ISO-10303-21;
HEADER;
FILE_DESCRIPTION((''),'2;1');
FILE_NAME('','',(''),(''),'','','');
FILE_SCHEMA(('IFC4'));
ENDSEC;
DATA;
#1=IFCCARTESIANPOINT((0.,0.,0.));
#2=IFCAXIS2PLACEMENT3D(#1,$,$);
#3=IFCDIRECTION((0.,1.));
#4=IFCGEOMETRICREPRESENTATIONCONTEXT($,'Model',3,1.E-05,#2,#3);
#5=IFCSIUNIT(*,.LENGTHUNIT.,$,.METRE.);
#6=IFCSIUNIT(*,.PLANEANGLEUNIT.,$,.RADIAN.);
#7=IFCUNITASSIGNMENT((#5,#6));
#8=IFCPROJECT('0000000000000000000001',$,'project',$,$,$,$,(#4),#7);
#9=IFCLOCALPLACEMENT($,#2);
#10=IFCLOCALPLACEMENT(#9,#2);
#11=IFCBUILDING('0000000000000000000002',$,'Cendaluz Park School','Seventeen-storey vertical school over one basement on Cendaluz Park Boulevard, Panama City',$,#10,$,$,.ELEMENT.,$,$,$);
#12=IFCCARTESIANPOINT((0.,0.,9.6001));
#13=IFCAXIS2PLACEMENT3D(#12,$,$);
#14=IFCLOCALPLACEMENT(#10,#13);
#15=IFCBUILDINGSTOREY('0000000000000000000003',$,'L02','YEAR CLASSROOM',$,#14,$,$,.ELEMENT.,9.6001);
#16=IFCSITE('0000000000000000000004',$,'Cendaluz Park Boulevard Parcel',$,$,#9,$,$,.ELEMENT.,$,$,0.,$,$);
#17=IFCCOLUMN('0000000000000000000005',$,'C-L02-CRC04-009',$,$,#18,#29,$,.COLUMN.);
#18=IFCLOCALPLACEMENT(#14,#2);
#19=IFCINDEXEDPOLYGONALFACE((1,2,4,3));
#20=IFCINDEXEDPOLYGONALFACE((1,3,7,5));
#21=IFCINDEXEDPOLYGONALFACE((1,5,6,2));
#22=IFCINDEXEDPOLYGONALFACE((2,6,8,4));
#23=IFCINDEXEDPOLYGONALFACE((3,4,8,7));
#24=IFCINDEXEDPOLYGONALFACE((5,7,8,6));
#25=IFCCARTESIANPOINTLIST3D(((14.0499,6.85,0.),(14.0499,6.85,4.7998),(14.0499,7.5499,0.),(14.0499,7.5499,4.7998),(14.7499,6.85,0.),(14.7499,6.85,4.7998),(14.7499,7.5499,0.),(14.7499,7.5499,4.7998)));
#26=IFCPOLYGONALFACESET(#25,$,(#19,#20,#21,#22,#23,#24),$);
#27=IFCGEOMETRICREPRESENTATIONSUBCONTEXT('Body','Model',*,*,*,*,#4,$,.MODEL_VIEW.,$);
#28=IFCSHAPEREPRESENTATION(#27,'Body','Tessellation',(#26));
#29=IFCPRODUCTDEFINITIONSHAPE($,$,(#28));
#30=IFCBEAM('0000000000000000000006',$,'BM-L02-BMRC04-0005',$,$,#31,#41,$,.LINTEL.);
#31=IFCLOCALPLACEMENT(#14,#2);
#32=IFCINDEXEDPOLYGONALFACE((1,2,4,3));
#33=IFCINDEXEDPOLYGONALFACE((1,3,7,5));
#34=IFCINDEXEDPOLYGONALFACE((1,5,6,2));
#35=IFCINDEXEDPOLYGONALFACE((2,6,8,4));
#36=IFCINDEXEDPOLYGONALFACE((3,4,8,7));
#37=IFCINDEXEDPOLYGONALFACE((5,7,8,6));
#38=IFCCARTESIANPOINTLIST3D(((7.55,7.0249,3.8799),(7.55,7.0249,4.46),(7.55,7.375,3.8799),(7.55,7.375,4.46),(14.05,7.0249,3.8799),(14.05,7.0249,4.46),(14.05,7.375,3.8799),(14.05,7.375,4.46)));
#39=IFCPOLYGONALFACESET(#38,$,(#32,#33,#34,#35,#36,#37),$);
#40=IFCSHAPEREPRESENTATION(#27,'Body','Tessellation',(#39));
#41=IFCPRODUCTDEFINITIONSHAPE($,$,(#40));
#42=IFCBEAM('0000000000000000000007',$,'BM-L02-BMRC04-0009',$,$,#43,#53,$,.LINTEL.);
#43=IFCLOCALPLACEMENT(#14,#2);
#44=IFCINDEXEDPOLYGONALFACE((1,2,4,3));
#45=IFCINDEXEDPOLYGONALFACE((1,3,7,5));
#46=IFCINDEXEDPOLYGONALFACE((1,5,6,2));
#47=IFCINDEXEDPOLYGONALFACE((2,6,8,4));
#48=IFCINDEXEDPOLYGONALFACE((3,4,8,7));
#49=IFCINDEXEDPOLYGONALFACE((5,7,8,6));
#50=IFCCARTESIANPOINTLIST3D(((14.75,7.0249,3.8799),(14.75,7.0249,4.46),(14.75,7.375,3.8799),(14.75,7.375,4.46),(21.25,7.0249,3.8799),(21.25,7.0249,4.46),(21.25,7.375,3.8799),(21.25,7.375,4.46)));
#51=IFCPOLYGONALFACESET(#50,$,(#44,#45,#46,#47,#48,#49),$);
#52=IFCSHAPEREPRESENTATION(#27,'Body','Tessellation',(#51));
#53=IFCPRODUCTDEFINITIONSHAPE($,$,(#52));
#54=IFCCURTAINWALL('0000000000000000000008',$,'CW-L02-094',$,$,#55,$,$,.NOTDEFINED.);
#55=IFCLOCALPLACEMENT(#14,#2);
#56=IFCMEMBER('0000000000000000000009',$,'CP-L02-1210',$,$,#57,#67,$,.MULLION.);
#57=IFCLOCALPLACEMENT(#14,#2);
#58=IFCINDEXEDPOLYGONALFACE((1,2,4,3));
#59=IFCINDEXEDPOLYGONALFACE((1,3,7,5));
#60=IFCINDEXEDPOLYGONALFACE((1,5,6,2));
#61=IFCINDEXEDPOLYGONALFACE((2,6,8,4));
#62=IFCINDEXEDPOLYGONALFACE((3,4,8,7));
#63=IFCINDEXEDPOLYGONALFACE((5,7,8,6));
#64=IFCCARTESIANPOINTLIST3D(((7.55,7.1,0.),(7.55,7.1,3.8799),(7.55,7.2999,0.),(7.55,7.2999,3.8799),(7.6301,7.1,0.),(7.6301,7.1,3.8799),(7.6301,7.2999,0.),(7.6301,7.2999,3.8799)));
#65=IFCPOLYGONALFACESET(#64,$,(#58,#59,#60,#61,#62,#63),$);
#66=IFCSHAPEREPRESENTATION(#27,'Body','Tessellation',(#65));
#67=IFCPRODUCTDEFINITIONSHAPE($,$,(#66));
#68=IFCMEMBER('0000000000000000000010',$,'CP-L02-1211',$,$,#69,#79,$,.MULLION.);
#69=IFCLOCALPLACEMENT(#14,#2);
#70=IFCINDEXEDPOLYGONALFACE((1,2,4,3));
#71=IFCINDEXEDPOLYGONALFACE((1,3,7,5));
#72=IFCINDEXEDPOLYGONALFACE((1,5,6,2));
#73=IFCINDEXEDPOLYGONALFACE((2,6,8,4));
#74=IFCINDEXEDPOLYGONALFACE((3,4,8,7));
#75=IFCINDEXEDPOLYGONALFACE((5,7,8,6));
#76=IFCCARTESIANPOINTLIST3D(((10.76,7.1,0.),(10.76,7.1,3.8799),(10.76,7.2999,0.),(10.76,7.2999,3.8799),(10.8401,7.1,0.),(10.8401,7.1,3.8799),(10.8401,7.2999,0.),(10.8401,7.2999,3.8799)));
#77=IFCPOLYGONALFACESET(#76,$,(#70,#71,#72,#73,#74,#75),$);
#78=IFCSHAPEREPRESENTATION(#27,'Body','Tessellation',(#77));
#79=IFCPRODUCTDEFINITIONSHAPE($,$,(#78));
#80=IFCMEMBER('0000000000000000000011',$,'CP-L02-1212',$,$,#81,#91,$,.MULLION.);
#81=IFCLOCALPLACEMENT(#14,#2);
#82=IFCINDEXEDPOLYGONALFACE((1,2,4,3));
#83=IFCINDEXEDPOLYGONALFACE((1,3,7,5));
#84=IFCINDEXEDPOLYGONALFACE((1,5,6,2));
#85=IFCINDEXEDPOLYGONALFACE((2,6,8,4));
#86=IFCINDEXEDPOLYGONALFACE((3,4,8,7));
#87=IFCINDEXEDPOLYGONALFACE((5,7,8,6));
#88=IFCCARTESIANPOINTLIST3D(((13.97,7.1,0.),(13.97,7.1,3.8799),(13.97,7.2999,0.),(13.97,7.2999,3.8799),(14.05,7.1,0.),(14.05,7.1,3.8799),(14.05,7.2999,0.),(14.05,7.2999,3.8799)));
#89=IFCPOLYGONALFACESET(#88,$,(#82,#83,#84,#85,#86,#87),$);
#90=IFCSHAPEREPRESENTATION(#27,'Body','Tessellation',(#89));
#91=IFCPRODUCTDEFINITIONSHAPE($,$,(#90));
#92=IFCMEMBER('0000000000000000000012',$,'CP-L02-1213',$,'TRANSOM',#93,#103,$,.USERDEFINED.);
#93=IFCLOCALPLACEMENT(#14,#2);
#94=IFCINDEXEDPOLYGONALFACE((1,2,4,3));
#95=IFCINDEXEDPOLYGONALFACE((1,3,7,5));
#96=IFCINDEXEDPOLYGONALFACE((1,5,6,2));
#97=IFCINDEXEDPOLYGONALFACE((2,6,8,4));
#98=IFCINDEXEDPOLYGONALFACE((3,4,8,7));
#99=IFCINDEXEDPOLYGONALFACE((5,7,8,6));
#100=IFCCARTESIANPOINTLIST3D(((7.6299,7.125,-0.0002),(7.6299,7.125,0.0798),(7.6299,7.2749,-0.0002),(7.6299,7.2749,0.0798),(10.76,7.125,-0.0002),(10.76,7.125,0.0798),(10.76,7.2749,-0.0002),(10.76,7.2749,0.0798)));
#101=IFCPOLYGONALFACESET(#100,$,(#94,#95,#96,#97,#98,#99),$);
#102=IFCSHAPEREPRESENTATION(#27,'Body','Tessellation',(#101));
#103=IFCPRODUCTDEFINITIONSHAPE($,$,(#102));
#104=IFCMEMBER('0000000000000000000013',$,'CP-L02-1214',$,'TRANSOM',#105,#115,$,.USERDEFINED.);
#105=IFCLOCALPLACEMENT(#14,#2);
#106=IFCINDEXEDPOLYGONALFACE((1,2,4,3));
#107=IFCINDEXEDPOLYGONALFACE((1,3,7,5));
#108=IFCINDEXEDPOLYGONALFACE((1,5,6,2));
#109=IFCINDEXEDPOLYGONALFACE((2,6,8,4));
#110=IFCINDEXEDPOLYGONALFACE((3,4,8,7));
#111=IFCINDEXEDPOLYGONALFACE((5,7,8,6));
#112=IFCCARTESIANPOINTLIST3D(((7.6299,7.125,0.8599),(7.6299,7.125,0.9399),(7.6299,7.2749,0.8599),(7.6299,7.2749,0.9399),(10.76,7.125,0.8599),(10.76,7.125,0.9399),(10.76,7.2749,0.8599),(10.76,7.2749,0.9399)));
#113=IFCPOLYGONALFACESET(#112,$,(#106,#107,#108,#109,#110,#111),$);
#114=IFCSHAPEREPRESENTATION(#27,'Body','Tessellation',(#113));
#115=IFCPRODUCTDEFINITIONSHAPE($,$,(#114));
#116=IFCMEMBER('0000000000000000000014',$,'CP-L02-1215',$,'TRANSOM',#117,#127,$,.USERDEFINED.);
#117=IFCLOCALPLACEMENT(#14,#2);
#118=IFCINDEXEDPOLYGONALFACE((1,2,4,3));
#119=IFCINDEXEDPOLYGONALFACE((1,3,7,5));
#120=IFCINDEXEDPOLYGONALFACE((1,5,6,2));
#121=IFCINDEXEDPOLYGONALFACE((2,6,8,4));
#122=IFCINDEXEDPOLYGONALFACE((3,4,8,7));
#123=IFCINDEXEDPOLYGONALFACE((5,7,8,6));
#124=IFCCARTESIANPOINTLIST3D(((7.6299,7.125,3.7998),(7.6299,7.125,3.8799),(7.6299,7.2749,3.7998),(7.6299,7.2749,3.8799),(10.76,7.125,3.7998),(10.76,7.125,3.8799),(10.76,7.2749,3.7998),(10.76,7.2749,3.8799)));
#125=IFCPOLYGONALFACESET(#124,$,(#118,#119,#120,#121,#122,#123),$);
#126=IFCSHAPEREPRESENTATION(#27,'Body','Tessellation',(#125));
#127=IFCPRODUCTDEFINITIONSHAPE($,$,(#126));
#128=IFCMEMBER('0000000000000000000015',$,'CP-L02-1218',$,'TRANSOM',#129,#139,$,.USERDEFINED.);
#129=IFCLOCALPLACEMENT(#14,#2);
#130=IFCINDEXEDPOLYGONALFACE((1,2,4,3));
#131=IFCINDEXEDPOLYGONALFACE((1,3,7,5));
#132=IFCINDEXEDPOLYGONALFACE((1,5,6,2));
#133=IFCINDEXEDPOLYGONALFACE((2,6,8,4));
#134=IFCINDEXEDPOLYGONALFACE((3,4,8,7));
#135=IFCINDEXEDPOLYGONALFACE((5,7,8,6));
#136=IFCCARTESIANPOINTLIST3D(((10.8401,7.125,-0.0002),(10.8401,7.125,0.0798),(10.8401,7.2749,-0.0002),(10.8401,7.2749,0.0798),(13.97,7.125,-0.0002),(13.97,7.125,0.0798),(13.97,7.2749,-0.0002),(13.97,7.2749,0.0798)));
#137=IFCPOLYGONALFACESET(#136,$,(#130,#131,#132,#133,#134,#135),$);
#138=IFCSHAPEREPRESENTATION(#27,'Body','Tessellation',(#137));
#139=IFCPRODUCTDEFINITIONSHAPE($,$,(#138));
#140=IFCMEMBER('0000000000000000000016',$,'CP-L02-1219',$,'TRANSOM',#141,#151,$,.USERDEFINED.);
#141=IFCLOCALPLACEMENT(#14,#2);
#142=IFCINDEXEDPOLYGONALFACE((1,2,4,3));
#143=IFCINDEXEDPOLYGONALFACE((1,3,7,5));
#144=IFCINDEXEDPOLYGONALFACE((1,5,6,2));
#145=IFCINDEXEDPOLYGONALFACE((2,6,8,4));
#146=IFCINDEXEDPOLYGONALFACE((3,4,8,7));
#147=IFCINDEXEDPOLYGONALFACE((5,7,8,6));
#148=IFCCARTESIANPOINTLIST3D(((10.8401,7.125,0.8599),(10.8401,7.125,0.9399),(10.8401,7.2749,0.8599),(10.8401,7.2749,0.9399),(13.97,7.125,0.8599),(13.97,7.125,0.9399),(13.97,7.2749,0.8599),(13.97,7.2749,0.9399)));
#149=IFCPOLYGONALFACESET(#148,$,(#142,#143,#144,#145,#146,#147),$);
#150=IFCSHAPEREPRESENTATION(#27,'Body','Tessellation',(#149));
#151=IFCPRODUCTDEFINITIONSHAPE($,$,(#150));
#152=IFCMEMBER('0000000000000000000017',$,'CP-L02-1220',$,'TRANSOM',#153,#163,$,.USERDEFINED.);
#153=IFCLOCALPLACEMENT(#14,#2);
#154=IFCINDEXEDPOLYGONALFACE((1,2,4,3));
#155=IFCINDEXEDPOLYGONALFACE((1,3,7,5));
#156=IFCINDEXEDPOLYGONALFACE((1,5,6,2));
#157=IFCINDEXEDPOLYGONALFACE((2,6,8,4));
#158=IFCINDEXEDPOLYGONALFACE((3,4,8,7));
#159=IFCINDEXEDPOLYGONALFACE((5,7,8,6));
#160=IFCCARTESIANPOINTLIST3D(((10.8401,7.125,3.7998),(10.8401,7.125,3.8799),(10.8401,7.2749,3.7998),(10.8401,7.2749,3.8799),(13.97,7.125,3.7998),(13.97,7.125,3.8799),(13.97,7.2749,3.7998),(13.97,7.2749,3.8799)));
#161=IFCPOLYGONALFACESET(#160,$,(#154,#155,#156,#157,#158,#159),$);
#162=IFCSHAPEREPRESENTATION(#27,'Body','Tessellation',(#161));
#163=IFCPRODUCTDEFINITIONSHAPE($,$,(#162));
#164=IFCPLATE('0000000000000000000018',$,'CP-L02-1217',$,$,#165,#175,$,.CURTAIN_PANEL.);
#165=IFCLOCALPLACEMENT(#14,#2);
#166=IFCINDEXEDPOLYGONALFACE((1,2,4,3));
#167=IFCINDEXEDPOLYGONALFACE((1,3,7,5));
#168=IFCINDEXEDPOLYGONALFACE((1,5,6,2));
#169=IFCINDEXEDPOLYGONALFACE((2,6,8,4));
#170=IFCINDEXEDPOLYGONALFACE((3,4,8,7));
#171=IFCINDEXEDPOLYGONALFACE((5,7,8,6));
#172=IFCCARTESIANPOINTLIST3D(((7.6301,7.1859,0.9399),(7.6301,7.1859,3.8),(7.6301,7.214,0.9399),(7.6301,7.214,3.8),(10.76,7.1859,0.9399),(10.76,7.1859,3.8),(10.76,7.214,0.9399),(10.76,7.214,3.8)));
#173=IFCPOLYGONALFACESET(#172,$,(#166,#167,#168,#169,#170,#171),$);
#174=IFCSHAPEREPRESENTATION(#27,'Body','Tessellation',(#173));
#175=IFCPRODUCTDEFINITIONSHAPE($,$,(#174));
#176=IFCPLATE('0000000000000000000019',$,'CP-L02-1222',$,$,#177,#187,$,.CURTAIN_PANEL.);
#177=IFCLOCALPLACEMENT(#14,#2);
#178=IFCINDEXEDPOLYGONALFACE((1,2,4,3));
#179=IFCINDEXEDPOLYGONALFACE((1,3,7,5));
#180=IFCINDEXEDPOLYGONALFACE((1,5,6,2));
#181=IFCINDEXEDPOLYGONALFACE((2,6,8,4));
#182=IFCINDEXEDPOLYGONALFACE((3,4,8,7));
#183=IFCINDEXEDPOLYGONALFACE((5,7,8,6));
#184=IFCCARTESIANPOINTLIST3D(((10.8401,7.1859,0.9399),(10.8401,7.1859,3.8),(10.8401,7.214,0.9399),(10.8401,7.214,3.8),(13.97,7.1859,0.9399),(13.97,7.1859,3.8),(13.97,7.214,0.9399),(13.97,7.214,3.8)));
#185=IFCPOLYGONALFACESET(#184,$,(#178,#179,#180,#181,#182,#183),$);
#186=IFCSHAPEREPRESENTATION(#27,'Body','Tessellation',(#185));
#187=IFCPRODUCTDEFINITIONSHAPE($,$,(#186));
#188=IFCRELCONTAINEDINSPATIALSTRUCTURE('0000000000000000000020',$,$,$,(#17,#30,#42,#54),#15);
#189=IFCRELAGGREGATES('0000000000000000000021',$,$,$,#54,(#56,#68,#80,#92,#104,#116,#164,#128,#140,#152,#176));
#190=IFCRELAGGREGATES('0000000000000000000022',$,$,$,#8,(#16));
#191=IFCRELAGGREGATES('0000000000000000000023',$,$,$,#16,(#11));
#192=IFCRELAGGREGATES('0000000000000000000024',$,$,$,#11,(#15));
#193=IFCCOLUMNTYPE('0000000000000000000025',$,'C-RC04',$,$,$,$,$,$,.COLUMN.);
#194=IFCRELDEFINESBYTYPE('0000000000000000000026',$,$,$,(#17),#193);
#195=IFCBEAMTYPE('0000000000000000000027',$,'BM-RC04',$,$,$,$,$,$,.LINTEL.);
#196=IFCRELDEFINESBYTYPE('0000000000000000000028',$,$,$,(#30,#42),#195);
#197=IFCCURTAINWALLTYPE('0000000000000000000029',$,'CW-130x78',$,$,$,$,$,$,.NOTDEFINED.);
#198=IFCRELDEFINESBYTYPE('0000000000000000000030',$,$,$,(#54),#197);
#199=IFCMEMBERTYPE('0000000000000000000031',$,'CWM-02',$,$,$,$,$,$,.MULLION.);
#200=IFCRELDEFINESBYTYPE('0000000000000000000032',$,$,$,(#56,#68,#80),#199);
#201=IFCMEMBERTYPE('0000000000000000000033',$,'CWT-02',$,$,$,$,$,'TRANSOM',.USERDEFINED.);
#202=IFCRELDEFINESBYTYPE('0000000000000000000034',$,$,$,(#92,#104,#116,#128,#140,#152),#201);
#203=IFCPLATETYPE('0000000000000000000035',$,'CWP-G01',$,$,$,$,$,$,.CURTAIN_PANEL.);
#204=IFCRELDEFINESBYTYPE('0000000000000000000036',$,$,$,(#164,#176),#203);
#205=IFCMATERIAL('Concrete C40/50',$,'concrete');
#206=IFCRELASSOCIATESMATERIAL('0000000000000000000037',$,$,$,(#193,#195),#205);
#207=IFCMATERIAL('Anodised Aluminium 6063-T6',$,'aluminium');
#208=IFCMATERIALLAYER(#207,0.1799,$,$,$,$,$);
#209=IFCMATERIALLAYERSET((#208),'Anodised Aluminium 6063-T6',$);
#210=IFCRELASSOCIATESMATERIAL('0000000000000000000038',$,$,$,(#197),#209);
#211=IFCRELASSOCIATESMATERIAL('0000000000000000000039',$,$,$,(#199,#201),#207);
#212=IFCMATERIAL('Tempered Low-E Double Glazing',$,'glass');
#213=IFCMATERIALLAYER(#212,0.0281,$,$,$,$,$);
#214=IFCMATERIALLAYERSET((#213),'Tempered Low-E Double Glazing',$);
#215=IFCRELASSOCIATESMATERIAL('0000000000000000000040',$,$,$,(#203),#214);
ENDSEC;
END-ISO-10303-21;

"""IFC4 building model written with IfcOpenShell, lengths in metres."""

from ifc_helpers import new_model, si_unit, direction, frame, origin, origin_2d, place, context, subcontext, project, spatial, rectangle, extrude, material, layer, layer_set, material_profile, profile_set, type_object, element, aggregate, save


model = new_model("IFC4")

# Units and contexts
model_context = context("Model", 3, precision=1e-05, world=origin(), true_north=direction((0.0, 1.0)))
body_context = subcontext(model_context, "Body", "Model", "MODEL_VIEW")
ifc_project = project(units=[si_unit("LENGTHUNIT", "METRE"), si_unit("PLANEANGLEUNIT", "RADIAN")], contexts=[model_context])

# Site, building, storey
site_placement = place(None, origin())
site = spatial("IfcSite", under=ifc_project, at=site_placement, Name="Cendaluz Park Boulevard Parcel", CompositionType="ELEMENT", RefElevation=0.0)
building_placement = place(site_placement, origin())
building = spatial("IfcBuilding", under=site, at=building_placement, Name="Cendaluz Park School", Description="Seventeen-storey vertical school over one basement on Cendaluz Park Boulevard, Panama City", CompositionType="ELEMENT")
storey_placement = place(building_placement, frame((0.0, 0.0, 9.6001)))
storey = spatial("IfcBuildingStorey", under=building, at=storey_placement, Name="L02", Description="YEAR CLASSROOM", CompositionType="ELEMENT", Elevation=9.6001)

# Column
ifc_material_1 = material(Name="Concrete C40/50", Category="concrete")
ifc_material_profile_1 = material_profile(ifc_material_1, rectangle(XDim=0.7, YDim=0.7, at=origin_2d()), Name="RC 700x700", Category="concrete")
ifc_profile_set_1 = profile_set([ifc_material_profile_1], Name="Concrete C40/50")
column_type = type_object("IfcColumnType", Name="C-RC04", PredefinedType="COLUMN", material=ifc_profile_set_1)
column_placement = place(storey_placement, frame((14.3999, 7.2, 0.0), z_axis=(0.0, 0.0, 1.0), x_axis=(1.0, 0.0, 0.0)))
element("IfcColumn", 1, at=column_placement, inside=storey, type_object=column_type, Name="C-L02-CRC04-009", PredefinedType="COLUMN", context=body_context, shape_type="SweptSolid", body=[
    extrude(rectangle(XDim=0.7, YDim=0.7, at=origin_2d()), origin(), (0.0, 0.0, 1.0), 4.7998),
])

# Beams
ifc_material_profile_2 = material_profile(ifc_material_1, rectangle(XDim=0.3501, YDim=0.5801, at=origin_2d()), Name="RC 350x580", Category="concrete")
ifc_profile_set_2 = profile_set([ifc_material_profile_2], Name="Concrete C40/50")
beam_type = type_object("IfcBeamType", Name="BM-RC04", PredefinedType="LINTEL", material=ifc_profile_set_2)
for number, where, z_axis, x_axis, name in (
    (2, (7.55, 7.2, 4.1699), (1.0, 0.0, 0.0), (0.0, 1.0, 0.0), "BM-L02-BMRC04-0005"),
    (3, (14.75, 7.2, 4.1699), (1.0, 0.0, 0.0), (0.0, 1.0, 0.0), "BM-L02-BMRC04-0009"),
):
    element("IfcBeam", number, at=place(storey_placement, frame(where, z_axis=z_axis, x_axis=x_axis)), inside=storey, type_object=beam_type, Name=name, PredefinedType="LINTEL", context=body_context, shape_type="SweptSolid", body=[
        extrude(rectangle(XDim=0.3501, YDim=0.5801, at=origin_2d()), origin(), (0.0, 0.0, 1.0), 6.5),
    ])

# Curtain wall, members, plates
ifc_material_2 = material(Name="Anodised Aluminium 6063-T6", Category="aluminium")
ifc_layer_1 = layer(ifc_material_2, 0.1799)
ifc_layer_set_1 = layer_set([ifc_layer_1], Name="Anodised Aluminium 6063-T6")
curtain_wall_type = type_object("IfcCurtainWallType", Name="CW-130x78", PredefinedType="NOTDEFINED", material=ifc_layer_set_1)
curtain_wall_placement = place(storey_placement, origin())
curtain_wall = element("IfcCurtainWall", 4, at=curtain_wall_placement, inside=storey, type_object=curtain_wall_type, Name="CW-L02-094", PredefinedType="NOTDEFINED")
ifc_material_profile_3 = material_profile(ifc_material_2, rectangle(XDim=0.2, YDim=0.0801, at=origin_2d()), Name="CWM 200x80", Category="aluminium")
ifc_profile_set_3 = profile_set([ifc_material_profile_3], Name="Anodised Aluminium 6063-T6")
member_type_1 = type_object("IfcMemberType", Name="CWM-02", PredefinedType="MULLION", material=ifc_profile_set_3)
member_1_placement = place(storey_placement, frame((7.5901, 7.2, 0.0), z_axis=(0.0, 0.0, 1.0), x_axis=(0.0, 1.0, 0.0)))
member_1 = element("IfcMember", 5, at=member_1_placement, type_object=member_type_1, Name="CP-L02-1210", PredefinedType="MULLION", context=body_context, shape_type="SweptSolid", body=[
    extrude(rectangle(XDim=0.2, YDim=0.0801, at=origin_2d()), origin(), (0.0, 0.0, 1.0), 3.8799),
])
member_2_placement = place(storey_placement, frame((10.8, 7.2, 0.0), z_axis=(0.0, 0.0, 1.0), x_axis=(0.0, 1.0, 0.0)))
member_2 = element("IfcMember", 6, at=member_2_placement, type_object=member_type_1, Name="CP-L02-1211", PredefinedType="MULLION", context=body_context, shape_type="SweptSolid", body=[
    extrude(rectangle(XDim=0.2, YDim=0.0801, at=origin_2d()), origin(), (0.0, 0.0, 1.0), 3.8799),
])
member_3_placement = place(storey_placement, frame((14.01, 7.2, 0.0), z_axis=(0.0, 0.0, 1.0), x_axis=(0.0, 1.0, 0.0)))
member_3 = element("IfcMember", 7, at=member_3_placement, type_object=member_type_1, Name="CP-L02-1212", PredefinedType="MULLION", context=body_context, shape_type="SweptSolid", body=[
    extrude(rectangle(XDim=0.2, YDim=0.0801, at=origin_2d()), origin(), (0.0, 0.0, 1.0), 3.8799),
])
ifc_material_profile_4 = material_profile(ifc_material_2, rectangle(XDim=0.1499, YDim=0.0801, at=origin_2d()), Name="CWT 150x80", Category="aluminium")
ifc_profile_set_4 = profile_set([ifc_material_profile_4], Name="Anodised Aluminium 6063-T6")
member_type_2 = type_object("IfcMemberType", Name="CWT-02", ElementType="TRANSOM", PredefinedType="USERDEFINED", material=ifc_profile_set_4)
member_4_placement = place(storey_placement, frame((7.6299, 7.2, 0.0398), z_axis=(1.0, 0.0, 0.0), x_axis=(0.0, 1.0, 0.0)))
member_4 = element("IfcMember", 8, at=member_4_placement, type_object=member_type_2, Name="CP-L02-1213", ObjectType="TRANSOM", PredefinedType="USERDEFINED", context=body_context, shape_type="SweptSolid", body=[
    extrude(rectangle(XDim=0.1499, YDim=0.0801, at=origin_2d()), origin(), (0.0, 0.0, 1.0), 3.1301),
])
member_5_placement = place(storey_placement, frame((7.6299, 7.2, 0.8999), z_axis=(1.0, 0.0, 0.0), x_axis=(0.0, 1.0, 0.0)))
member_5 = element("IfcMember", 9, at=member_5_placement, type_object=member_type_2, Name="CP-L02-1214", ObjectType="TRANSOM", PredefinedType="USERDEFINED", context=body_context, shape_type="SweptSolid", body=[
    extrude(rectangle(XDim=0.1499, YDim=0.0801, at=origin_2d()), origin(), (0.0, 0.0, 1.0), 3.1301),
])
member_6_placement = place(storey_placement, frame((7.6299, 7.2, 3.8398), z_axis=(1.0, 0.0, 0.0), x_axis=(0.0, 1.0, 0.0)))
member_6 = element("IfcMember", 10, at=member_6_placement, type_object=member_type_2, Name="CP-L02-1215", ObjectType="TRANSOM", PredefinedType="USERDEFINED", context=body_context, shape_type="SweptSolid", body=[
    extrude(rectangle(XDim=0.1499, YDim=0.0801, at=origin_2d()), origin(), (0.0, 0.0, 1.0), 3.1301),
])
member_7_placement = place(storey_placement, frame((10.8401, 7.2, 0.0398), z_axis=(1.0, 0.0, 0.0), x_axis=(0.0, 1.0, 0.0)))
member_7 = element("IfcMember", 11, at=member_7_placement, type_object=member_type_2, Name="CP-L02-1218", ObjectType="TRANSOM", PredefinedType="USERDEFINED", context=body_context, shape_type="SweptSolid", body=[
    extrude(rectangle(XDim=0.1499, YDim=0.0801, at=origin_2d()), origin(), (0.0, 0.0, 1.0), 3.1299),
])
member_8_placement = place(storey_placement, frame((10.8401, 7.2, 0.8999), z_axis=(1.0, 0.0, 0.0), x_axis=(0.0, 1.0, 0.0)))
member_8 = element("IfcMember", 12, at=member_8_placement, type_object=member_type_2, Name="CP-L02-1219", ObjectType="TRANSOM", PredefinedType="USERDEFINED", context=body_context, shape_type="SweptSolid", body=[
    extrude(rectangle(XDim=0.1499, YDim=0.0801, at=origin_2d()), origin(), (0.0, 0.0, 1.0), 3.1299),
])
member_9_placement = place(storey_placement, frame((10.8401, 7.2, 3.8398), z_axis=(1.0, 0.0, 0.0), x_axis=(0.0, 1.0, 0.0)))
member_9 = element("IfcMember", 13, at=member_9_placement, type_object=member_type_2, Name="CP-L02-1220", ObjectType="TRANSOM", PredefinedType="USERDEFINED", context=body_context, shape_type="SweptSolid", body=[
    extrude(rectangle(XDim=0.1499, YDim=0.0801, at=origin_2d()), origin(), (0.0, 0.0, 1.0), 3.1299),
])
ifc_material_3 = material(Name="Tempered Low-E Double Glazing", Category="glass")
ifc_layer_2 = layer(ifc_material_3, 0.0281)
ifc_layer_set_2 = layer_set([ifc_layer_2], Name="Tempered Low-E Double Glazing")
plate_type_1 = type_object("IfcPlateType", Name="CWP-G01", PredefinedType="CURTAIN_PANEL", material=ifc_layer_set_2)
plate_1_placement = place(storey_placement, frame((9.1951, 7.2, 0.9399), z_axis=(0.0, 0.0, 1.0), x_axis=(1.0, 0.0, 0.0)))
plate_1 = element("IfcPlate", 14, at=plate_1_placement, type_object=plate_type_1, Name="CP-L02-1217", PredefinedType="CURTAIN_PANEL", context=body_context, shape_type="SweptSolid", body=[
    extrude(rectangle(XDim=3.1299, YDim=0.0281, at=origin_2d()), origin(), (0.0, 0.0, 1.0), 2.8601),
])
plate_2_placement = place(storey_placement, frame((12.405, 7.2, 0.9399), z_axis=(0.0, 0.0, 1.0), x_axis=(1.0, 0.0, 0.0)))
plate_2 = element("IfcPlate", 15, at=plate_2_placement, type_object=plate_type_1, Name="CP-L02-1222", PredefinedType="CURTAIN_PANEL", context=body_context, shape_type="SweptSolid", body=[
    extrude(rectangle(XDim=3.1299, YDim=0.0281, at=origin_2d()), origin(), (0.0, 0.0, 1.0), 2.8601),
])
aggregate(curtain_wall, [member_1, member_2, member_3, member_4, member_5, member_6, plate_1, member_7, member_8, member_9, plate_2])

save(model, "model.ifc")
